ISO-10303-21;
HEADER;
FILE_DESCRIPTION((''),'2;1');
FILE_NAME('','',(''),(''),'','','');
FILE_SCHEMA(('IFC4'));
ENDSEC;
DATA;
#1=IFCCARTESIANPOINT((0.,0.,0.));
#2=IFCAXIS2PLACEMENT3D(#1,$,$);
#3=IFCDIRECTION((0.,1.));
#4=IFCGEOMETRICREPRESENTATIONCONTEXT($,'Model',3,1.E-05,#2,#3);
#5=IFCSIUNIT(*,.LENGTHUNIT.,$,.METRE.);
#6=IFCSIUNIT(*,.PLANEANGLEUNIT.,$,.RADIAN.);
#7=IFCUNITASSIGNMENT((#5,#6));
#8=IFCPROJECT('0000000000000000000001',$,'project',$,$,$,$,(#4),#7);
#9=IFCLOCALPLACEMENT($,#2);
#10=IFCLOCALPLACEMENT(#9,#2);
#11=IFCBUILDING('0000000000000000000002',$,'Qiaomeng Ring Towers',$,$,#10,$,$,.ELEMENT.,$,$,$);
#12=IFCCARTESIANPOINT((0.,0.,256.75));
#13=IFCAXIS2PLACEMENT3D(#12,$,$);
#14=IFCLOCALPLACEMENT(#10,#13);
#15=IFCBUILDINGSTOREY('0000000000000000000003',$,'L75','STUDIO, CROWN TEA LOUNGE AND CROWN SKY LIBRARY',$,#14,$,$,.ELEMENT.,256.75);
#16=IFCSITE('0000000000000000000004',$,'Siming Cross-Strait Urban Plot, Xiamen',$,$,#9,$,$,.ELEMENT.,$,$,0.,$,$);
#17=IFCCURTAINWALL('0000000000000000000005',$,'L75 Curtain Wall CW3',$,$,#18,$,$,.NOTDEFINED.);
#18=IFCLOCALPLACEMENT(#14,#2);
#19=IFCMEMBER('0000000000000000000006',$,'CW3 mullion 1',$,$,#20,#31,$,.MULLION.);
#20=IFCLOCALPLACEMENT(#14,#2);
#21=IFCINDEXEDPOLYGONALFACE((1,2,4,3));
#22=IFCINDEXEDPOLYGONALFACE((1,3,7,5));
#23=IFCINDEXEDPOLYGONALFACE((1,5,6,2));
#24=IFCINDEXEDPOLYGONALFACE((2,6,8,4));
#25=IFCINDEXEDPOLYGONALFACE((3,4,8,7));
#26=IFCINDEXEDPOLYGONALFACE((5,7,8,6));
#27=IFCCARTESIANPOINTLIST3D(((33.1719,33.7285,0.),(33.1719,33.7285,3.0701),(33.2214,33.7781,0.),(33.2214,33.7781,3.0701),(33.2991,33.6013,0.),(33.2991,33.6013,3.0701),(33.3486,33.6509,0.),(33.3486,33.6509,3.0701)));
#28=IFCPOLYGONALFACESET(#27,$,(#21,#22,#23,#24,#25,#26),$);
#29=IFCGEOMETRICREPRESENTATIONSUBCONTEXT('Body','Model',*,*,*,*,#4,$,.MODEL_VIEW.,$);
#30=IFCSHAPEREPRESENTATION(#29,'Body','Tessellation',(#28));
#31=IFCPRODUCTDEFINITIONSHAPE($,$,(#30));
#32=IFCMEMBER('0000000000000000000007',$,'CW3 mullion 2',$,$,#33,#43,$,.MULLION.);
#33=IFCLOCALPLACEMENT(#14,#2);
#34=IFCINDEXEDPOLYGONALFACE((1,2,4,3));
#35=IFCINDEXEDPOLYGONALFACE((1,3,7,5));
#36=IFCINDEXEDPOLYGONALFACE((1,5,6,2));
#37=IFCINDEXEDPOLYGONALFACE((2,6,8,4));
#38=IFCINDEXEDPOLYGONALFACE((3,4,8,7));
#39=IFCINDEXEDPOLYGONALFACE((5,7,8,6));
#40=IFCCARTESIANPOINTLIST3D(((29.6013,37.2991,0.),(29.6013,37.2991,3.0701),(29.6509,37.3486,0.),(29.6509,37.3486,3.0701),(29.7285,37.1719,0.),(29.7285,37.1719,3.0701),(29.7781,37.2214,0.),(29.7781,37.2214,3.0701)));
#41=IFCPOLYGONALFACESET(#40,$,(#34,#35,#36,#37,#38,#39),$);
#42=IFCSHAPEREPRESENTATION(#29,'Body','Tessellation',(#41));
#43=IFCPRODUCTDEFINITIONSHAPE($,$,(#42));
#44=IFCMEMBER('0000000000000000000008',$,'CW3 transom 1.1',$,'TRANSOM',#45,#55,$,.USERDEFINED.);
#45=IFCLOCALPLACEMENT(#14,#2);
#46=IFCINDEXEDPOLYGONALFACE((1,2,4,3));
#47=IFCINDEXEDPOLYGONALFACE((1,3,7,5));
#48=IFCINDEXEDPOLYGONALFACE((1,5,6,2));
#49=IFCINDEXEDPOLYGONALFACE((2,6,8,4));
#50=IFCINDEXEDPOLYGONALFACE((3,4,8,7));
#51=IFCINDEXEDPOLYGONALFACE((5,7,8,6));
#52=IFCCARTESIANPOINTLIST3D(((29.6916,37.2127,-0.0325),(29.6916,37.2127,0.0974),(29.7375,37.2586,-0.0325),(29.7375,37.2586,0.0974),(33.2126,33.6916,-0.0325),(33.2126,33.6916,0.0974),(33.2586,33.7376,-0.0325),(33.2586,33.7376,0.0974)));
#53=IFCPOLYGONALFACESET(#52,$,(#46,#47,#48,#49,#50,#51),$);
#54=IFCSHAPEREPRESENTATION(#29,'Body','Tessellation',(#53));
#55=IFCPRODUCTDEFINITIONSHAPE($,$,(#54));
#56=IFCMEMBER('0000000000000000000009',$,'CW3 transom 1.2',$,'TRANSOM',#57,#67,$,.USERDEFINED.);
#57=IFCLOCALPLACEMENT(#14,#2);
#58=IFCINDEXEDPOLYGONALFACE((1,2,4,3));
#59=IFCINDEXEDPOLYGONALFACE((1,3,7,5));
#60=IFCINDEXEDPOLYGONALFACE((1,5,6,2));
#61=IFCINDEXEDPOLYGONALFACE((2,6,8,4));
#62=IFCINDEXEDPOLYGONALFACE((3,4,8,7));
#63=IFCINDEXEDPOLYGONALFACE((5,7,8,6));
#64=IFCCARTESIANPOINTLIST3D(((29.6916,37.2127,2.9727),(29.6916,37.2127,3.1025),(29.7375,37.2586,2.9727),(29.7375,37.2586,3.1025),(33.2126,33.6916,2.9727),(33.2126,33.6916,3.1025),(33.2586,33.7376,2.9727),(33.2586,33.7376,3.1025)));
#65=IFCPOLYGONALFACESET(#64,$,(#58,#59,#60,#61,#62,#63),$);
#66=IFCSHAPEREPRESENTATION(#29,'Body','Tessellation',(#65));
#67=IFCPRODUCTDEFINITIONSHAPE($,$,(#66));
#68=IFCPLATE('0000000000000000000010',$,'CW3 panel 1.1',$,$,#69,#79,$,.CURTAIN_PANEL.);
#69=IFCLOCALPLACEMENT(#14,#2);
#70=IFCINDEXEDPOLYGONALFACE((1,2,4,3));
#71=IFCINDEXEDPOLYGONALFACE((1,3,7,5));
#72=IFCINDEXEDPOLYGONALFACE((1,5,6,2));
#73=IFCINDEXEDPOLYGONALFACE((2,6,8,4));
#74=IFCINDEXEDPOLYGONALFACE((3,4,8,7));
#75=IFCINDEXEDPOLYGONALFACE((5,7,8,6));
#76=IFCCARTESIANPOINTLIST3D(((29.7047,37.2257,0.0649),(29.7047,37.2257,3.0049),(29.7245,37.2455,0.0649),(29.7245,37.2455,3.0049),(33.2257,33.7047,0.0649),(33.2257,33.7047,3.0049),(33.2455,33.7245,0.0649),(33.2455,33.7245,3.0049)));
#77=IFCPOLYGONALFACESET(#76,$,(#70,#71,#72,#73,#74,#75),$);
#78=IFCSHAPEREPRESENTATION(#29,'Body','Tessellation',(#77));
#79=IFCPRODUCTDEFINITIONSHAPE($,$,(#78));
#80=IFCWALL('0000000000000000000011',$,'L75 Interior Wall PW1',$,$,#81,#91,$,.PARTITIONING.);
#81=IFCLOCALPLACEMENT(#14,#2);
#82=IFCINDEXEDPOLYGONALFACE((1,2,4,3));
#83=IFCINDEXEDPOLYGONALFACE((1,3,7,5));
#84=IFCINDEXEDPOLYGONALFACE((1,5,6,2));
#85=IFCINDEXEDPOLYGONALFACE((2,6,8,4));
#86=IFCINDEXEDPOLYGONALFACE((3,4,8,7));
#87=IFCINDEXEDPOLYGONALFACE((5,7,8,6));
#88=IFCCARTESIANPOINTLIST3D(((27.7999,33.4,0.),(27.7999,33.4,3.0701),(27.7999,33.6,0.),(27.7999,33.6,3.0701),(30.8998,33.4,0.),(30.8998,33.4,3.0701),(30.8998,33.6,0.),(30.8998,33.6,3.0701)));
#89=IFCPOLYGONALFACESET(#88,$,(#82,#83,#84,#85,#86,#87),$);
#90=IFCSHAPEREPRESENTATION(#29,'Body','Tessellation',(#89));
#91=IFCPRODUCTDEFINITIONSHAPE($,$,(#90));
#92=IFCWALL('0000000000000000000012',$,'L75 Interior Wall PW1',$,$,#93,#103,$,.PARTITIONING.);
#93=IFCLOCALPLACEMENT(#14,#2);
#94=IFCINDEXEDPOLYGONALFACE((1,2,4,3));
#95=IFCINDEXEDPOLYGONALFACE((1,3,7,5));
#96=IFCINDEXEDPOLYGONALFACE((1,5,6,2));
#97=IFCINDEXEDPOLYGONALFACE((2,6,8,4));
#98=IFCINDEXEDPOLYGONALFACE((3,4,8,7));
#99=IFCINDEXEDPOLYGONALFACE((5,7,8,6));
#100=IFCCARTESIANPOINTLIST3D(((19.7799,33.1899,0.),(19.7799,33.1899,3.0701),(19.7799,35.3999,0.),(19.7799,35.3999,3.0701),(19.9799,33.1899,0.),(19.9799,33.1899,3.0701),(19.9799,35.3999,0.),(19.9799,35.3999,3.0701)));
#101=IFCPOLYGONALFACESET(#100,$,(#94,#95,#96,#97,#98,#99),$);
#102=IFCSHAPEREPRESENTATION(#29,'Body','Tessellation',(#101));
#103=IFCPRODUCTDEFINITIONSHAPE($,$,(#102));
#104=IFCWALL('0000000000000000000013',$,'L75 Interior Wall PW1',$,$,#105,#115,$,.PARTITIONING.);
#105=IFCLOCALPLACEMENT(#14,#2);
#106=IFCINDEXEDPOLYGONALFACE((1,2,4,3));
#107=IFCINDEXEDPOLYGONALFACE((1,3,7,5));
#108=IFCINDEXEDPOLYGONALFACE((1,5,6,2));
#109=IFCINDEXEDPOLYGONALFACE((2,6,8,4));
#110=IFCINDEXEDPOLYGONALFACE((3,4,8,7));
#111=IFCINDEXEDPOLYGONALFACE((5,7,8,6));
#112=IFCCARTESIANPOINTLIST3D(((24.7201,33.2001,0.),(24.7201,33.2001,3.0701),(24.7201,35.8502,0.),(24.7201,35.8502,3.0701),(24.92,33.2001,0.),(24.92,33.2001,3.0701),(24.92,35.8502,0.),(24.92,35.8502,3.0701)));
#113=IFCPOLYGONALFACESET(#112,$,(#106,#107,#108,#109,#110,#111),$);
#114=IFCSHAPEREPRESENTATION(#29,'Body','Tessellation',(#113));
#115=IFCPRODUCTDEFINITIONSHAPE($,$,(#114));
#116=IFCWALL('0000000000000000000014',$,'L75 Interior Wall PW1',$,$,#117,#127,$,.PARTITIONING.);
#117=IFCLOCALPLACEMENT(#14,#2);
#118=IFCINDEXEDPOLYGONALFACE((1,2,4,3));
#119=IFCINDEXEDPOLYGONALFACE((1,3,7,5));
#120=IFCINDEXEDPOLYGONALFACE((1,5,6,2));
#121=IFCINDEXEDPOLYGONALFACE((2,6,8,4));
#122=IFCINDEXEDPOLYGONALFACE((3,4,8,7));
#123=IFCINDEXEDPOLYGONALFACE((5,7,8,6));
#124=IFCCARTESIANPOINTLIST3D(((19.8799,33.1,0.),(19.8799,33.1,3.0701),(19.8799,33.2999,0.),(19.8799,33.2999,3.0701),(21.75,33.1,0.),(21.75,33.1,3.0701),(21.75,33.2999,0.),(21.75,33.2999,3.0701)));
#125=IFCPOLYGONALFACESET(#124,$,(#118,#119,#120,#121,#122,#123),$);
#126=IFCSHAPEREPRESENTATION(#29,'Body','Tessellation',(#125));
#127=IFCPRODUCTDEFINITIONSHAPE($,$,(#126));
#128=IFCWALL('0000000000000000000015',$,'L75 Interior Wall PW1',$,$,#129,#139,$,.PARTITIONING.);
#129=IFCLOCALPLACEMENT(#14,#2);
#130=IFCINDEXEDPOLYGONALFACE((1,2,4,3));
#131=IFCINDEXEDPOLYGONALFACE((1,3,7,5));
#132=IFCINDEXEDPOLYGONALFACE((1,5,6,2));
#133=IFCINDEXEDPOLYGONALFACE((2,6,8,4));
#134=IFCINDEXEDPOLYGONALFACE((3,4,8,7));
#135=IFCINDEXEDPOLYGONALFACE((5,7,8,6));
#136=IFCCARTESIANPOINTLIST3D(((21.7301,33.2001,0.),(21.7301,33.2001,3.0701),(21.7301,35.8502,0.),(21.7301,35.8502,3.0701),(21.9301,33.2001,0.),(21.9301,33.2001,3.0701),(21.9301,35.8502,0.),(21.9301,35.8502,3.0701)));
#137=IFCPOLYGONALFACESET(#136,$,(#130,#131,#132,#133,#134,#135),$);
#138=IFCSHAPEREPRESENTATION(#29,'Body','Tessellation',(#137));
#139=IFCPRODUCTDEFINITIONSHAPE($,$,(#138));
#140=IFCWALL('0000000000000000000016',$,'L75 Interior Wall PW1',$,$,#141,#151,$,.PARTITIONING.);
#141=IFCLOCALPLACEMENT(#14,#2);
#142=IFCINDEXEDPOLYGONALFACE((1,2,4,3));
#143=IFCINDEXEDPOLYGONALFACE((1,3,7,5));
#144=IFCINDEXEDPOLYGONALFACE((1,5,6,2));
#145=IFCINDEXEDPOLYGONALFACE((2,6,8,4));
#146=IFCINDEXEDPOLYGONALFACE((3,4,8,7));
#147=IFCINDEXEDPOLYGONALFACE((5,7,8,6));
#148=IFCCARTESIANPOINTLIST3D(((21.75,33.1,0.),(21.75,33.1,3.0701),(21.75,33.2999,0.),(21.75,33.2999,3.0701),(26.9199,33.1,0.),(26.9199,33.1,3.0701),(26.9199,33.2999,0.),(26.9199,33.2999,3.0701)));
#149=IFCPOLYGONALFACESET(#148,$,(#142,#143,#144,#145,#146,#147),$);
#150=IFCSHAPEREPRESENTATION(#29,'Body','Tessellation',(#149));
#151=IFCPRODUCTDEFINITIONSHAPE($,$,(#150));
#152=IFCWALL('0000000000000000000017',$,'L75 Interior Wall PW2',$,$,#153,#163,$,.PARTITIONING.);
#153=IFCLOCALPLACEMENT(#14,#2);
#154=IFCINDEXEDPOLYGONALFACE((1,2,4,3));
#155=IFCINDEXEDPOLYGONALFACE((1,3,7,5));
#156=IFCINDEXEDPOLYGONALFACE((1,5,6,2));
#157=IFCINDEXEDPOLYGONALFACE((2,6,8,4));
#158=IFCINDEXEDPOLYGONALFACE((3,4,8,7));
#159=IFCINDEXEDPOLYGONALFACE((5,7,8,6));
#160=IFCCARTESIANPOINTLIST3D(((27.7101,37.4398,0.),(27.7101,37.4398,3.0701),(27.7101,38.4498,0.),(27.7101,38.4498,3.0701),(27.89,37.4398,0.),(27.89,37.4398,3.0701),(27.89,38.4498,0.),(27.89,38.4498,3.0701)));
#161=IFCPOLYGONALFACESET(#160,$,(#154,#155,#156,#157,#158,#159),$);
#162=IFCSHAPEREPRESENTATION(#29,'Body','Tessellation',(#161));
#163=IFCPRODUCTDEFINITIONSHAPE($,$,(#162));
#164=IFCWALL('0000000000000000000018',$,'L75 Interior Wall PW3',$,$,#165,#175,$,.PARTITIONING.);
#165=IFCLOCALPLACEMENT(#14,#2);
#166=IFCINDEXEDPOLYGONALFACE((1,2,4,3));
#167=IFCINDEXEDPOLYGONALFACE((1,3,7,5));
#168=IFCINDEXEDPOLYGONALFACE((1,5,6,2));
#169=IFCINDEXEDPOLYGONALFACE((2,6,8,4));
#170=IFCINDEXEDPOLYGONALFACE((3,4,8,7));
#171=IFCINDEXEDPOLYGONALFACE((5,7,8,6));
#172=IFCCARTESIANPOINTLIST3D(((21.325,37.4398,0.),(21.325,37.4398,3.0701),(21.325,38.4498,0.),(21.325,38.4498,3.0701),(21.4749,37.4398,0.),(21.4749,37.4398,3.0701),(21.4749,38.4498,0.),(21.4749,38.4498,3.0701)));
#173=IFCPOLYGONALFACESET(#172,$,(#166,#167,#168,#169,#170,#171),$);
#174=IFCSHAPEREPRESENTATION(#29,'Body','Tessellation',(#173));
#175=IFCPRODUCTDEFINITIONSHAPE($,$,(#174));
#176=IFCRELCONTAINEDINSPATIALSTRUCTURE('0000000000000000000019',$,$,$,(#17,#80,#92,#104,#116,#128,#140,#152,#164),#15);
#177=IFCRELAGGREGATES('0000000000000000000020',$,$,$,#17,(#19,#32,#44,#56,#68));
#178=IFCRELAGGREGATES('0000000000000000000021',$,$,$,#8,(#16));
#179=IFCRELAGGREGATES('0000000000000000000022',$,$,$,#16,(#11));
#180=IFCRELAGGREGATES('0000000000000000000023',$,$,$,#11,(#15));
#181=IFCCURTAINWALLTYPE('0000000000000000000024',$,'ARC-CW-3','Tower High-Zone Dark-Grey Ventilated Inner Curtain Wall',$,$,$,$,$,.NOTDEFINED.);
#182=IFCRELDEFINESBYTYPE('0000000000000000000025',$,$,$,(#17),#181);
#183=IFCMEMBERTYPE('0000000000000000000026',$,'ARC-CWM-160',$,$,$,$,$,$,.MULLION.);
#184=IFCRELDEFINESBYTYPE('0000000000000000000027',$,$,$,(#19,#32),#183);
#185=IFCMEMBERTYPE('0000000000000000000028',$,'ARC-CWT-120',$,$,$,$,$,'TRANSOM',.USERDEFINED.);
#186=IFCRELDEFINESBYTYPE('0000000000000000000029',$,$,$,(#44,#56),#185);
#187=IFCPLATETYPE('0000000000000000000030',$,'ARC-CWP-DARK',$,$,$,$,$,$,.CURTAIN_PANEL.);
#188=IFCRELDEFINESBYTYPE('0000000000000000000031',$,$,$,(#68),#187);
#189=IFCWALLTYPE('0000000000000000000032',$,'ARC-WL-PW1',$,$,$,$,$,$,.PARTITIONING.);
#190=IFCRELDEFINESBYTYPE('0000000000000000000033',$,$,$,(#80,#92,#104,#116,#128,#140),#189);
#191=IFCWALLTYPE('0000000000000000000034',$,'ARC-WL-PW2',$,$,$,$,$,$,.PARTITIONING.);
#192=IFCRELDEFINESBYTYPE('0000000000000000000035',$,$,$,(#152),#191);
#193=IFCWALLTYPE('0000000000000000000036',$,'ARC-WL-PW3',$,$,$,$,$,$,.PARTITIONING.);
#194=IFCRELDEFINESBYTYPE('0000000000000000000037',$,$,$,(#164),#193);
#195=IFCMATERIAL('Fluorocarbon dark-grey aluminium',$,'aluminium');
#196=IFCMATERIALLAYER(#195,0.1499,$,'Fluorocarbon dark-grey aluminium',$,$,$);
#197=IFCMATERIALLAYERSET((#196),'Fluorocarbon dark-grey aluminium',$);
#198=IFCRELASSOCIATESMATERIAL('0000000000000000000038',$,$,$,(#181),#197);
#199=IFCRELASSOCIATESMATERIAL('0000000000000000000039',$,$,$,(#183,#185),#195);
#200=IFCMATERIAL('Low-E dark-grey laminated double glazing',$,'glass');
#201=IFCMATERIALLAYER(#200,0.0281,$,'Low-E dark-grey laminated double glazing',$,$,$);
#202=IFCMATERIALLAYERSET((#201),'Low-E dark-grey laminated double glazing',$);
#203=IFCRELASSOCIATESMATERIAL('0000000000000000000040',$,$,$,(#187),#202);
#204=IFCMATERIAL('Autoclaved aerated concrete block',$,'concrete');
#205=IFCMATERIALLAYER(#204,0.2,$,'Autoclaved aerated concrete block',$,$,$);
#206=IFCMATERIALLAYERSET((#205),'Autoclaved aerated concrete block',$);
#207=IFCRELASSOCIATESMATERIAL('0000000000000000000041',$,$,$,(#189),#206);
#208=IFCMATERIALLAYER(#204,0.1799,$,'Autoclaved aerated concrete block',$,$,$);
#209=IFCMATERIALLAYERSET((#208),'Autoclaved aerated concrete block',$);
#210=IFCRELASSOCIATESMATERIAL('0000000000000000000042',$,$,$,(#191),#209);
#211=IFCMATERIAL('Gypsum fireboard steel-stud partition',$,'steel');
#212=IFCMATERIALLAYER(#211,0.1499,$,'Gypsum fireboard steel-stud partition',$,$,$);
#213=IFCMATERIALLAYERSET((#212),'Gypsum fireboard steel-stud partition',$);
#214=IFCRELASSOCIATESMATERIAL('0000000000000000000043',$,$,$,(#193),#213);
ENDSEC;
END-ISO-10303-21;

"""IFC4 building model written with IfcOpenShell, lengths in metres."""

from ifc_helpers import new_model, si_unit, direction, frame, frame_2d, origin, origin_2d, place, context, subcontext, project, spatial, rectangle, extrude, source, transform, mapped, material, layer, layer_set, material_profile, profile_set, type_object, element, aggregate, save


model = new_model("IFC4")

# Units and contexts
model_context = context("Model", 3, precision=1e-05, world=origin(), true_north=direction((0.0, 1.0)))
body_context = subcontext(model_context, "Body", "Model", "MODEL_VIEW")
ifc_project = project(units=[si_unit("LENGTHUNIT", "METRE"), si_unit("PLANEANGLEUNIT", "RADIAN")], contexts=[model_context])

# Site, building, storey
site_placement = place(None, origin())
site = spatial("IfcSite", under=ifc_project, at=site_placement, Name="Siming Cross-Strait Urban Plot, Xiamen", CompositionType="ELEMENT", RefElevation=0.0)
building_placement = place(site_placement, origin())
building = spatial("IfcBuilding", under=site, at=building_placement, Name="Qiaomeng Ring Towers", CompositionType="ELEMENT")
storey_placement = place(building_placement, frame((0.0, 0.0, 256.75)))
storey = spatial("IfcBuildingStorey", under=building, at=storey_placement, Name="L75", Description="STUDIO, CROWN TEA LOUNGE AND CROWN SKY LIBRARY", CompositionType="ELEMENT", Elevation=256.75)

# Curtain wall, members, plate
ifc_material_1 = material(Name="Fluorocarbon dark-grey aluminium", Category="aluminium")
ifc_layer_1 = layer(ifc_material_1, 0.1499, Name="Fluorocarbon dark-grey aluminium")
ifc_layer_set_1 = layer_set([ifc_layer_1], Name="Fluorocarbon dark-grey aluminium")
curtain_wall_type = type_object("IfcCurtainWallType", Name="ARC-CW-3", Description="Tower High-Zone Dark-Grey Ventilated Inner Curtain Wall", PredefinedType="NOTDEFINED", material=ifc_layer_set_1)
curtain_wall_placement = place(storey_placement, origin())
curtain_wall = element("IfcCurtainWall", 1, at=curtain_wall_placement, inside=storey, type_object=curtain_wall_type, Name="L75 Curtain Wall CW3", PredefinedType="NOTDEFINED")
ifc_material_profile_1 = material_profile(ifc_material_1, rectangle(XDim=0.0701, YDim=0.1799, at=origin_2d()), Name="ALU MULL 70x180")
ifc_profile_set_1 = profile_set([ifc_material_profile_1], Name="Fluorocarbon dark-grey aluminium")
member_type_1 = type_object("IfcMemberType", Name="ARC-CWM-160", PredefinedType="MULLION", material=ifc_profile_set_1)
shared_shape_1 = source(origin(), body_context, "Body", "SweptSolid", [
    extrude(rectangle(XDim=0.0701, YDim=0.1799, at=origin_2d()), origin(), (0.0, 0.0, 1.0), 3.0701),
])
member_1_placement = place(storey_placement, frame((33.2603, 33.6897, 0.0), z_axis=(0.0, 0.0, 1.0), x_axis=(-0.707107, -0.707107, 0.0)))
member_1 = element("IfcMember", 2, at=member_1_placement, type_object=member_type_1, Name="CW3 mullion 1", PredefinedType="MULLION", context=body_context, shape_type="MappedRepresentation", body=[
    mapped(shared_shape_1, transform((0.0, 0.0, 0.0), x_axis=(1.0, 0.0, 0.0), y_axis=(0.0, 1.0, 0.0), z_axis=(0.0, 0.0, 1.0), scale=1.0)),
])
member_2_placement = place(storey_placement, frame((29.6897, 37.2603, 0.0), z_axis=(0.0, 0.0, 1.0), x_axis=(-0.707107, -0.707107, 0.0)))
member_2 = element("IfcMember", 3, at=member_2_placement, type_object=member_type_1, Name="CW3 mullion 2", PredefinedType="MULLION", context=body_context, shape_type="MappedRepresentation", body=[
    mapped(shared_shape_1, transform((0.0, 0.0, 0.0), x_axis=(1.0, 0.0, 0.0), y_axis=(0.0, 1.0, 0.0), z_axis=(0.0, 0.0, 1.0), scale=1.0)),
])
ifc_material_profile_2 = material_profile(ifc_material_1, rectangle(XDim=0.0649, YDim=0.1299, at=origin_2d()), Name="ALU TRAN 65x130")
ifc_profile_set_2 = profile_set([ifc_material_profile_2], Name="Fluorocarbon dark-grey aluminium")
member_type_2 = type_object("IfcMemberType", Name="ARC-CWT-120", ElementType="TRANSOM", PredefinedType="USERDEFINED", material=ifc_profile_set_2)
shared_shape_2 = source(origin(), body_context, "Body", "SweptSolid", [
    extrude(rectangle(XDim=0.0649, YDim=0.1299, at=origin_2d()), origin(), (0.0, 0.0, 1.0), 4.9795),
])
member_3_placement = place(storey_placement, frame((33.2356, 33.7146, 0.0325), z_axis=(-0.707107, 0.707107, 0.0), x_axis=(-0.707107, -0.707107, 0.0)))
member_3 = element("IfcMember", 4, at=member_3_placement, type_object=member_type_2, Name="CW3 transom 1.1", ObjectType="TRANSOM", PredefinedType="USERDEFINED", context=body_context, shape_type="MappedRepresentation", body=[
    mapped(shared_shape_2, transform((0.0, 0.0, 0.0), x_axis=(1.0, 0.0, 0.0), y_axis=(0.0, 1.0, 0.0), z_axis=(0.0, 0.0, 1.0), scale=1.0)),
])
member_4_placement = place(storey_placement, frame((33.2356, 33.7146, 3.0376), z_axis=(-0.707107, 0.707107, 0.0), x_axis=(-0.707107, -0.707107, 0.0)))
member_4 = element("IfcMember", 5, at=member_4_placement, type_object=member_type_2, Name="CW3 transom 1.2", ObjectType="TRANSOM", PredefinedType="USERDEFINED", context=body_context, shape_type="MappedRepresentation", body=[
    mapped(shared_shape_2, transform((0.0, 0.0, 0.0), x_axis=(1.0, 0.0, 0.0), y_axis=(0.0, 1.0, 0.0), z_axis=(0.0, 0.0, 1.0), scale=1.0)),
])
ifc_material_2 = material(Name="Low-E dark-grey laminated double glazing", Category="glass")
ifc_layer_2 = layer(ifc_material_2, 0.0281, Name="Low-E dark-grey laminated double glazing")
ifc_layer_set_2 = layer_set([ifc_layer_2], Name="Low-E dark-grey laminated double glazing")
plate_type = type_object("IfcPlateType", Name="ARC-CWP-DARK", PredefinedType="CURTAIN_PANEL", material=ifc_layer_set_2)
shared_shape_3 = source(origin(), body_context, "Body", "SweptSolid", [
    extrude(rectangle(XDim=4.9795, YDim=0.0281, at=origin_2d()), origin(), (0.0, 0.0, 1.0), 2.9399),
])
plate_placement = place(storey_placement, frame((31.4751, 35.4751, 0.0649), z_axis=(0.0, 0.0, 1.0), x_axis=(-0.707107, 0.707107, 0.0)))
plate = element("IfcPlate", 6, at=plate_placement, type_object=plate_type, Name="CW3 panel 1.1", PredefinedType="CURTAIN_PANEL", context=body_context, shape_type="MappedRepresentation", body=[
    mapped(shared_shape_3, transform((0.0, 0.0, 0.0), x_axis=(1.0, 0.0, 0.0), y_axis=(0.0, 1.0, 0.0), z_axis=(0.0, 0.0, 1.0), scale=1.0)),
])
aggregate(curtain_wall, [member_1, member_2, member_3, member_4, plate])

# Walls
ifc_material_3 = material(Name="Autoclaved aerated concrete block", Category="concrete")
ifc_layer_3 = layer(ifc_material_3, 0.2, Name="Autoclaved aerated concrete block")
ifc_layer_set_3 = layer_set([ifc_layer_3], Name="Autoclaved aerated concrete block")
wall_type_1 = type_object("IfcWallType", Name="ARC-WL-PW1", PredefinedType="PARTITIONING", material=ifc_layer_set_3)
wall_1_placement = place(storey_placement, frame((27.8, 33.5, 0.0), z_axis=(0.0, 0.0, 1.0), x_axis=(1.0, 0.0, 0.0)))
element("IfcWall", 7, at=wall_1_placement, inside=storey, type_object=wall_type_1, Name="L75 Interior Wall PW1", PredefinedType="PARTITIONING", context=body_context, shape_type="SweptSolid", body=[
    extrude(rectangle(XDim=3.0999, YDim=0.2, at=frame_2d((1.5498, 0.0))), origin(), (0.0, 0.0, 1.0), 3.0701),
])
wall_2_placement = place(storey_placement, frame((19.8799, 33.1899, 0.0), z_axis=(0.0, 0.0, 1.0), x_axis=(0.0, 1.0, 0.0)))
element("IfcWall", 8, at=wall_2_placement, inside=storey, type_object=wall_type_1, Name="L75 Interior Wall PW1", PredefinedType="PARTITIONING", context=body_context, shape_type="SweptSolid", body=[
    extrude(rectangle(XDim=2.21, YDim=0.2, at=frame_2d((1.105, 0.0))), origin(), (0.0, 0.0, 1.0), 3.0701),
])
wall_3_placement = place(storey_placement, frame((24.8201, 33.2, 0.0), z_axis=(0.0, 0.0, 1.0), x_axis=(0.0, 1.0, 0.0)))
element("IfcWall", 9, at=wall_3_placement, inside=storey, type_object=wall_type_1, Name="L75 Interior Wall PW1", PredefinedType="PARTITIONING", context=body_context, shape_type="SweptSolid", body=[
    extrude(rectangle(XDim=2.6501, YDim=0.2, at=frame_2d((1.3252, 0.0))), origin(), (0.0, 0.0, 1.0), 3.0701),
])
wall_4_placement = place(storey_placement, frame((19.8799, 33.2, 0.0), z_axis=(0.0, 0.0, 1.0), x_axis=(1.0, 0.0, 0.0)))
element("IfcWall", 10, at=wall_4_placement, inside=storey, type_object=wall_type_1, Name="L75 Interior Wall PW1", PredefinedType="PARTITIONING", context=body_context, shape_type="SweptSolid", body=[
    extrude(rectangle(XDim=1.8701, YDim=0.2, at=frame_2d((0.9351, 0.0))), origin(), (0.0, 0.0, 1.0), 3.0701),
])
wall_5_placement = place(storey_placement, frame((21.8301, 33.2, 0.0), z_axis=(0.0, 0.0, 1.0), x_axis=(0.0, 1.0, 0.0)))
element("IfcWall", 11, at=wall_5_placement, inside=storey, type_object=wall_type_1, Name="L75 Interior Wall PW1", PredefinedType="PARTITIONING", context=body_context, shape_type="SweptSolid", body=[
    extrude(rectangle(XDim=2.6501, YDim=0.2, at=frame_2d((1.3252, 0.0))), origin(), (0.0, 0.0, 1.0), 3.0701),
])
wall_6_placement = place(storey_placement, frame((21.75, 33.2, 0.0), z_axis=(0.0, 0.0, 1.0), x_axis=(1.0, 0.0, 0.0)))
element("IfcWall", 12, at=wall_6_placement, inside=storey, type_object=wall_type_1, Name="L75 Interior Wall PW1", PredefinedType="PARTITIONING", context=body_context, shape_type="SweptSolid", body=[
    extrude(rectangle(XDim=5.1699, YDim=0.2, at=frame_2d((2.585, 0.0))), origin(), (0.0, 0.0, 1.0), 3.0701),
])
ifc_layer_4 = layer(ifc_material_3, 0.1799, Name="Autoclaved aerated concrete block")
ifc_layer_set_4 = layer_set([ifc_layer_4], Name="Autoclaved aerated concrete block")
wall_type_2 = type_object("IfcWallType", Name="ARC-WL-PW2", PredefinedType="PARTITIONING", material=ifc_layer_set_4)
wall_7_placement = place(storey_placement, frame((27.8, 37.4399, 0.0), z_axis=(0.0, 0.0, 1.0), x_axis=(0.0, 1.0, 0.0)))
element("IfcWall", 13, at=wall_7_placement, inside=storey, type_object=wall_type_2, Name="L75 Interior Wall PW2", PredefinedType="PARTITIONING", context=body_context, shape_type="SweptSolid", body=[
    extrude(rectangle(XDim=1.01, YDim=0.1799, at=frame_2d((0.5049, 0.0))), origin(), (0.0, 0.0, 1.0), 3.0701),
])
ifc_material_4 = material(Name="Gypsum fireboard steel-stud partition", Category="steel")
ifc_layer_5 = layer(ifc_material_4, 0.1499, Name="Gypsum fireboard steel-stud partition")
ifc_layer_set_5 = layer_set([ifc_layer_5], Name="Gypsum fireboard steel-stud partition")
wall_type_3 = type_object("IfcWallType", Name="ARC-WL-PW3", PredefinedType="PARTITIONING", material=ifc_layer_set_5)
wall_8_placement = place(storey_placement, frame((21.3999, 37.4399, 0.0), z_axis=(0.0, 0.0, 1.0), x_axis=(0.0, 1.0, 0.0)))
element("IfcWall", 14, at=wall_8_placement, inside=storey, type_object=wall_type_3, Name="L75 Interior Wall PW3", PredefinedType="PARTITIONING", context=body_context, shape_type="SweptSolid", body=[
    extrude(rectangle(XDim=1.01, YDim=0.1499, at=frame_2d((0.5049, 0.0))), origin(), (0.0, 0.0, 1.0), 3.0701),
])

save(model, "model.ifc")
